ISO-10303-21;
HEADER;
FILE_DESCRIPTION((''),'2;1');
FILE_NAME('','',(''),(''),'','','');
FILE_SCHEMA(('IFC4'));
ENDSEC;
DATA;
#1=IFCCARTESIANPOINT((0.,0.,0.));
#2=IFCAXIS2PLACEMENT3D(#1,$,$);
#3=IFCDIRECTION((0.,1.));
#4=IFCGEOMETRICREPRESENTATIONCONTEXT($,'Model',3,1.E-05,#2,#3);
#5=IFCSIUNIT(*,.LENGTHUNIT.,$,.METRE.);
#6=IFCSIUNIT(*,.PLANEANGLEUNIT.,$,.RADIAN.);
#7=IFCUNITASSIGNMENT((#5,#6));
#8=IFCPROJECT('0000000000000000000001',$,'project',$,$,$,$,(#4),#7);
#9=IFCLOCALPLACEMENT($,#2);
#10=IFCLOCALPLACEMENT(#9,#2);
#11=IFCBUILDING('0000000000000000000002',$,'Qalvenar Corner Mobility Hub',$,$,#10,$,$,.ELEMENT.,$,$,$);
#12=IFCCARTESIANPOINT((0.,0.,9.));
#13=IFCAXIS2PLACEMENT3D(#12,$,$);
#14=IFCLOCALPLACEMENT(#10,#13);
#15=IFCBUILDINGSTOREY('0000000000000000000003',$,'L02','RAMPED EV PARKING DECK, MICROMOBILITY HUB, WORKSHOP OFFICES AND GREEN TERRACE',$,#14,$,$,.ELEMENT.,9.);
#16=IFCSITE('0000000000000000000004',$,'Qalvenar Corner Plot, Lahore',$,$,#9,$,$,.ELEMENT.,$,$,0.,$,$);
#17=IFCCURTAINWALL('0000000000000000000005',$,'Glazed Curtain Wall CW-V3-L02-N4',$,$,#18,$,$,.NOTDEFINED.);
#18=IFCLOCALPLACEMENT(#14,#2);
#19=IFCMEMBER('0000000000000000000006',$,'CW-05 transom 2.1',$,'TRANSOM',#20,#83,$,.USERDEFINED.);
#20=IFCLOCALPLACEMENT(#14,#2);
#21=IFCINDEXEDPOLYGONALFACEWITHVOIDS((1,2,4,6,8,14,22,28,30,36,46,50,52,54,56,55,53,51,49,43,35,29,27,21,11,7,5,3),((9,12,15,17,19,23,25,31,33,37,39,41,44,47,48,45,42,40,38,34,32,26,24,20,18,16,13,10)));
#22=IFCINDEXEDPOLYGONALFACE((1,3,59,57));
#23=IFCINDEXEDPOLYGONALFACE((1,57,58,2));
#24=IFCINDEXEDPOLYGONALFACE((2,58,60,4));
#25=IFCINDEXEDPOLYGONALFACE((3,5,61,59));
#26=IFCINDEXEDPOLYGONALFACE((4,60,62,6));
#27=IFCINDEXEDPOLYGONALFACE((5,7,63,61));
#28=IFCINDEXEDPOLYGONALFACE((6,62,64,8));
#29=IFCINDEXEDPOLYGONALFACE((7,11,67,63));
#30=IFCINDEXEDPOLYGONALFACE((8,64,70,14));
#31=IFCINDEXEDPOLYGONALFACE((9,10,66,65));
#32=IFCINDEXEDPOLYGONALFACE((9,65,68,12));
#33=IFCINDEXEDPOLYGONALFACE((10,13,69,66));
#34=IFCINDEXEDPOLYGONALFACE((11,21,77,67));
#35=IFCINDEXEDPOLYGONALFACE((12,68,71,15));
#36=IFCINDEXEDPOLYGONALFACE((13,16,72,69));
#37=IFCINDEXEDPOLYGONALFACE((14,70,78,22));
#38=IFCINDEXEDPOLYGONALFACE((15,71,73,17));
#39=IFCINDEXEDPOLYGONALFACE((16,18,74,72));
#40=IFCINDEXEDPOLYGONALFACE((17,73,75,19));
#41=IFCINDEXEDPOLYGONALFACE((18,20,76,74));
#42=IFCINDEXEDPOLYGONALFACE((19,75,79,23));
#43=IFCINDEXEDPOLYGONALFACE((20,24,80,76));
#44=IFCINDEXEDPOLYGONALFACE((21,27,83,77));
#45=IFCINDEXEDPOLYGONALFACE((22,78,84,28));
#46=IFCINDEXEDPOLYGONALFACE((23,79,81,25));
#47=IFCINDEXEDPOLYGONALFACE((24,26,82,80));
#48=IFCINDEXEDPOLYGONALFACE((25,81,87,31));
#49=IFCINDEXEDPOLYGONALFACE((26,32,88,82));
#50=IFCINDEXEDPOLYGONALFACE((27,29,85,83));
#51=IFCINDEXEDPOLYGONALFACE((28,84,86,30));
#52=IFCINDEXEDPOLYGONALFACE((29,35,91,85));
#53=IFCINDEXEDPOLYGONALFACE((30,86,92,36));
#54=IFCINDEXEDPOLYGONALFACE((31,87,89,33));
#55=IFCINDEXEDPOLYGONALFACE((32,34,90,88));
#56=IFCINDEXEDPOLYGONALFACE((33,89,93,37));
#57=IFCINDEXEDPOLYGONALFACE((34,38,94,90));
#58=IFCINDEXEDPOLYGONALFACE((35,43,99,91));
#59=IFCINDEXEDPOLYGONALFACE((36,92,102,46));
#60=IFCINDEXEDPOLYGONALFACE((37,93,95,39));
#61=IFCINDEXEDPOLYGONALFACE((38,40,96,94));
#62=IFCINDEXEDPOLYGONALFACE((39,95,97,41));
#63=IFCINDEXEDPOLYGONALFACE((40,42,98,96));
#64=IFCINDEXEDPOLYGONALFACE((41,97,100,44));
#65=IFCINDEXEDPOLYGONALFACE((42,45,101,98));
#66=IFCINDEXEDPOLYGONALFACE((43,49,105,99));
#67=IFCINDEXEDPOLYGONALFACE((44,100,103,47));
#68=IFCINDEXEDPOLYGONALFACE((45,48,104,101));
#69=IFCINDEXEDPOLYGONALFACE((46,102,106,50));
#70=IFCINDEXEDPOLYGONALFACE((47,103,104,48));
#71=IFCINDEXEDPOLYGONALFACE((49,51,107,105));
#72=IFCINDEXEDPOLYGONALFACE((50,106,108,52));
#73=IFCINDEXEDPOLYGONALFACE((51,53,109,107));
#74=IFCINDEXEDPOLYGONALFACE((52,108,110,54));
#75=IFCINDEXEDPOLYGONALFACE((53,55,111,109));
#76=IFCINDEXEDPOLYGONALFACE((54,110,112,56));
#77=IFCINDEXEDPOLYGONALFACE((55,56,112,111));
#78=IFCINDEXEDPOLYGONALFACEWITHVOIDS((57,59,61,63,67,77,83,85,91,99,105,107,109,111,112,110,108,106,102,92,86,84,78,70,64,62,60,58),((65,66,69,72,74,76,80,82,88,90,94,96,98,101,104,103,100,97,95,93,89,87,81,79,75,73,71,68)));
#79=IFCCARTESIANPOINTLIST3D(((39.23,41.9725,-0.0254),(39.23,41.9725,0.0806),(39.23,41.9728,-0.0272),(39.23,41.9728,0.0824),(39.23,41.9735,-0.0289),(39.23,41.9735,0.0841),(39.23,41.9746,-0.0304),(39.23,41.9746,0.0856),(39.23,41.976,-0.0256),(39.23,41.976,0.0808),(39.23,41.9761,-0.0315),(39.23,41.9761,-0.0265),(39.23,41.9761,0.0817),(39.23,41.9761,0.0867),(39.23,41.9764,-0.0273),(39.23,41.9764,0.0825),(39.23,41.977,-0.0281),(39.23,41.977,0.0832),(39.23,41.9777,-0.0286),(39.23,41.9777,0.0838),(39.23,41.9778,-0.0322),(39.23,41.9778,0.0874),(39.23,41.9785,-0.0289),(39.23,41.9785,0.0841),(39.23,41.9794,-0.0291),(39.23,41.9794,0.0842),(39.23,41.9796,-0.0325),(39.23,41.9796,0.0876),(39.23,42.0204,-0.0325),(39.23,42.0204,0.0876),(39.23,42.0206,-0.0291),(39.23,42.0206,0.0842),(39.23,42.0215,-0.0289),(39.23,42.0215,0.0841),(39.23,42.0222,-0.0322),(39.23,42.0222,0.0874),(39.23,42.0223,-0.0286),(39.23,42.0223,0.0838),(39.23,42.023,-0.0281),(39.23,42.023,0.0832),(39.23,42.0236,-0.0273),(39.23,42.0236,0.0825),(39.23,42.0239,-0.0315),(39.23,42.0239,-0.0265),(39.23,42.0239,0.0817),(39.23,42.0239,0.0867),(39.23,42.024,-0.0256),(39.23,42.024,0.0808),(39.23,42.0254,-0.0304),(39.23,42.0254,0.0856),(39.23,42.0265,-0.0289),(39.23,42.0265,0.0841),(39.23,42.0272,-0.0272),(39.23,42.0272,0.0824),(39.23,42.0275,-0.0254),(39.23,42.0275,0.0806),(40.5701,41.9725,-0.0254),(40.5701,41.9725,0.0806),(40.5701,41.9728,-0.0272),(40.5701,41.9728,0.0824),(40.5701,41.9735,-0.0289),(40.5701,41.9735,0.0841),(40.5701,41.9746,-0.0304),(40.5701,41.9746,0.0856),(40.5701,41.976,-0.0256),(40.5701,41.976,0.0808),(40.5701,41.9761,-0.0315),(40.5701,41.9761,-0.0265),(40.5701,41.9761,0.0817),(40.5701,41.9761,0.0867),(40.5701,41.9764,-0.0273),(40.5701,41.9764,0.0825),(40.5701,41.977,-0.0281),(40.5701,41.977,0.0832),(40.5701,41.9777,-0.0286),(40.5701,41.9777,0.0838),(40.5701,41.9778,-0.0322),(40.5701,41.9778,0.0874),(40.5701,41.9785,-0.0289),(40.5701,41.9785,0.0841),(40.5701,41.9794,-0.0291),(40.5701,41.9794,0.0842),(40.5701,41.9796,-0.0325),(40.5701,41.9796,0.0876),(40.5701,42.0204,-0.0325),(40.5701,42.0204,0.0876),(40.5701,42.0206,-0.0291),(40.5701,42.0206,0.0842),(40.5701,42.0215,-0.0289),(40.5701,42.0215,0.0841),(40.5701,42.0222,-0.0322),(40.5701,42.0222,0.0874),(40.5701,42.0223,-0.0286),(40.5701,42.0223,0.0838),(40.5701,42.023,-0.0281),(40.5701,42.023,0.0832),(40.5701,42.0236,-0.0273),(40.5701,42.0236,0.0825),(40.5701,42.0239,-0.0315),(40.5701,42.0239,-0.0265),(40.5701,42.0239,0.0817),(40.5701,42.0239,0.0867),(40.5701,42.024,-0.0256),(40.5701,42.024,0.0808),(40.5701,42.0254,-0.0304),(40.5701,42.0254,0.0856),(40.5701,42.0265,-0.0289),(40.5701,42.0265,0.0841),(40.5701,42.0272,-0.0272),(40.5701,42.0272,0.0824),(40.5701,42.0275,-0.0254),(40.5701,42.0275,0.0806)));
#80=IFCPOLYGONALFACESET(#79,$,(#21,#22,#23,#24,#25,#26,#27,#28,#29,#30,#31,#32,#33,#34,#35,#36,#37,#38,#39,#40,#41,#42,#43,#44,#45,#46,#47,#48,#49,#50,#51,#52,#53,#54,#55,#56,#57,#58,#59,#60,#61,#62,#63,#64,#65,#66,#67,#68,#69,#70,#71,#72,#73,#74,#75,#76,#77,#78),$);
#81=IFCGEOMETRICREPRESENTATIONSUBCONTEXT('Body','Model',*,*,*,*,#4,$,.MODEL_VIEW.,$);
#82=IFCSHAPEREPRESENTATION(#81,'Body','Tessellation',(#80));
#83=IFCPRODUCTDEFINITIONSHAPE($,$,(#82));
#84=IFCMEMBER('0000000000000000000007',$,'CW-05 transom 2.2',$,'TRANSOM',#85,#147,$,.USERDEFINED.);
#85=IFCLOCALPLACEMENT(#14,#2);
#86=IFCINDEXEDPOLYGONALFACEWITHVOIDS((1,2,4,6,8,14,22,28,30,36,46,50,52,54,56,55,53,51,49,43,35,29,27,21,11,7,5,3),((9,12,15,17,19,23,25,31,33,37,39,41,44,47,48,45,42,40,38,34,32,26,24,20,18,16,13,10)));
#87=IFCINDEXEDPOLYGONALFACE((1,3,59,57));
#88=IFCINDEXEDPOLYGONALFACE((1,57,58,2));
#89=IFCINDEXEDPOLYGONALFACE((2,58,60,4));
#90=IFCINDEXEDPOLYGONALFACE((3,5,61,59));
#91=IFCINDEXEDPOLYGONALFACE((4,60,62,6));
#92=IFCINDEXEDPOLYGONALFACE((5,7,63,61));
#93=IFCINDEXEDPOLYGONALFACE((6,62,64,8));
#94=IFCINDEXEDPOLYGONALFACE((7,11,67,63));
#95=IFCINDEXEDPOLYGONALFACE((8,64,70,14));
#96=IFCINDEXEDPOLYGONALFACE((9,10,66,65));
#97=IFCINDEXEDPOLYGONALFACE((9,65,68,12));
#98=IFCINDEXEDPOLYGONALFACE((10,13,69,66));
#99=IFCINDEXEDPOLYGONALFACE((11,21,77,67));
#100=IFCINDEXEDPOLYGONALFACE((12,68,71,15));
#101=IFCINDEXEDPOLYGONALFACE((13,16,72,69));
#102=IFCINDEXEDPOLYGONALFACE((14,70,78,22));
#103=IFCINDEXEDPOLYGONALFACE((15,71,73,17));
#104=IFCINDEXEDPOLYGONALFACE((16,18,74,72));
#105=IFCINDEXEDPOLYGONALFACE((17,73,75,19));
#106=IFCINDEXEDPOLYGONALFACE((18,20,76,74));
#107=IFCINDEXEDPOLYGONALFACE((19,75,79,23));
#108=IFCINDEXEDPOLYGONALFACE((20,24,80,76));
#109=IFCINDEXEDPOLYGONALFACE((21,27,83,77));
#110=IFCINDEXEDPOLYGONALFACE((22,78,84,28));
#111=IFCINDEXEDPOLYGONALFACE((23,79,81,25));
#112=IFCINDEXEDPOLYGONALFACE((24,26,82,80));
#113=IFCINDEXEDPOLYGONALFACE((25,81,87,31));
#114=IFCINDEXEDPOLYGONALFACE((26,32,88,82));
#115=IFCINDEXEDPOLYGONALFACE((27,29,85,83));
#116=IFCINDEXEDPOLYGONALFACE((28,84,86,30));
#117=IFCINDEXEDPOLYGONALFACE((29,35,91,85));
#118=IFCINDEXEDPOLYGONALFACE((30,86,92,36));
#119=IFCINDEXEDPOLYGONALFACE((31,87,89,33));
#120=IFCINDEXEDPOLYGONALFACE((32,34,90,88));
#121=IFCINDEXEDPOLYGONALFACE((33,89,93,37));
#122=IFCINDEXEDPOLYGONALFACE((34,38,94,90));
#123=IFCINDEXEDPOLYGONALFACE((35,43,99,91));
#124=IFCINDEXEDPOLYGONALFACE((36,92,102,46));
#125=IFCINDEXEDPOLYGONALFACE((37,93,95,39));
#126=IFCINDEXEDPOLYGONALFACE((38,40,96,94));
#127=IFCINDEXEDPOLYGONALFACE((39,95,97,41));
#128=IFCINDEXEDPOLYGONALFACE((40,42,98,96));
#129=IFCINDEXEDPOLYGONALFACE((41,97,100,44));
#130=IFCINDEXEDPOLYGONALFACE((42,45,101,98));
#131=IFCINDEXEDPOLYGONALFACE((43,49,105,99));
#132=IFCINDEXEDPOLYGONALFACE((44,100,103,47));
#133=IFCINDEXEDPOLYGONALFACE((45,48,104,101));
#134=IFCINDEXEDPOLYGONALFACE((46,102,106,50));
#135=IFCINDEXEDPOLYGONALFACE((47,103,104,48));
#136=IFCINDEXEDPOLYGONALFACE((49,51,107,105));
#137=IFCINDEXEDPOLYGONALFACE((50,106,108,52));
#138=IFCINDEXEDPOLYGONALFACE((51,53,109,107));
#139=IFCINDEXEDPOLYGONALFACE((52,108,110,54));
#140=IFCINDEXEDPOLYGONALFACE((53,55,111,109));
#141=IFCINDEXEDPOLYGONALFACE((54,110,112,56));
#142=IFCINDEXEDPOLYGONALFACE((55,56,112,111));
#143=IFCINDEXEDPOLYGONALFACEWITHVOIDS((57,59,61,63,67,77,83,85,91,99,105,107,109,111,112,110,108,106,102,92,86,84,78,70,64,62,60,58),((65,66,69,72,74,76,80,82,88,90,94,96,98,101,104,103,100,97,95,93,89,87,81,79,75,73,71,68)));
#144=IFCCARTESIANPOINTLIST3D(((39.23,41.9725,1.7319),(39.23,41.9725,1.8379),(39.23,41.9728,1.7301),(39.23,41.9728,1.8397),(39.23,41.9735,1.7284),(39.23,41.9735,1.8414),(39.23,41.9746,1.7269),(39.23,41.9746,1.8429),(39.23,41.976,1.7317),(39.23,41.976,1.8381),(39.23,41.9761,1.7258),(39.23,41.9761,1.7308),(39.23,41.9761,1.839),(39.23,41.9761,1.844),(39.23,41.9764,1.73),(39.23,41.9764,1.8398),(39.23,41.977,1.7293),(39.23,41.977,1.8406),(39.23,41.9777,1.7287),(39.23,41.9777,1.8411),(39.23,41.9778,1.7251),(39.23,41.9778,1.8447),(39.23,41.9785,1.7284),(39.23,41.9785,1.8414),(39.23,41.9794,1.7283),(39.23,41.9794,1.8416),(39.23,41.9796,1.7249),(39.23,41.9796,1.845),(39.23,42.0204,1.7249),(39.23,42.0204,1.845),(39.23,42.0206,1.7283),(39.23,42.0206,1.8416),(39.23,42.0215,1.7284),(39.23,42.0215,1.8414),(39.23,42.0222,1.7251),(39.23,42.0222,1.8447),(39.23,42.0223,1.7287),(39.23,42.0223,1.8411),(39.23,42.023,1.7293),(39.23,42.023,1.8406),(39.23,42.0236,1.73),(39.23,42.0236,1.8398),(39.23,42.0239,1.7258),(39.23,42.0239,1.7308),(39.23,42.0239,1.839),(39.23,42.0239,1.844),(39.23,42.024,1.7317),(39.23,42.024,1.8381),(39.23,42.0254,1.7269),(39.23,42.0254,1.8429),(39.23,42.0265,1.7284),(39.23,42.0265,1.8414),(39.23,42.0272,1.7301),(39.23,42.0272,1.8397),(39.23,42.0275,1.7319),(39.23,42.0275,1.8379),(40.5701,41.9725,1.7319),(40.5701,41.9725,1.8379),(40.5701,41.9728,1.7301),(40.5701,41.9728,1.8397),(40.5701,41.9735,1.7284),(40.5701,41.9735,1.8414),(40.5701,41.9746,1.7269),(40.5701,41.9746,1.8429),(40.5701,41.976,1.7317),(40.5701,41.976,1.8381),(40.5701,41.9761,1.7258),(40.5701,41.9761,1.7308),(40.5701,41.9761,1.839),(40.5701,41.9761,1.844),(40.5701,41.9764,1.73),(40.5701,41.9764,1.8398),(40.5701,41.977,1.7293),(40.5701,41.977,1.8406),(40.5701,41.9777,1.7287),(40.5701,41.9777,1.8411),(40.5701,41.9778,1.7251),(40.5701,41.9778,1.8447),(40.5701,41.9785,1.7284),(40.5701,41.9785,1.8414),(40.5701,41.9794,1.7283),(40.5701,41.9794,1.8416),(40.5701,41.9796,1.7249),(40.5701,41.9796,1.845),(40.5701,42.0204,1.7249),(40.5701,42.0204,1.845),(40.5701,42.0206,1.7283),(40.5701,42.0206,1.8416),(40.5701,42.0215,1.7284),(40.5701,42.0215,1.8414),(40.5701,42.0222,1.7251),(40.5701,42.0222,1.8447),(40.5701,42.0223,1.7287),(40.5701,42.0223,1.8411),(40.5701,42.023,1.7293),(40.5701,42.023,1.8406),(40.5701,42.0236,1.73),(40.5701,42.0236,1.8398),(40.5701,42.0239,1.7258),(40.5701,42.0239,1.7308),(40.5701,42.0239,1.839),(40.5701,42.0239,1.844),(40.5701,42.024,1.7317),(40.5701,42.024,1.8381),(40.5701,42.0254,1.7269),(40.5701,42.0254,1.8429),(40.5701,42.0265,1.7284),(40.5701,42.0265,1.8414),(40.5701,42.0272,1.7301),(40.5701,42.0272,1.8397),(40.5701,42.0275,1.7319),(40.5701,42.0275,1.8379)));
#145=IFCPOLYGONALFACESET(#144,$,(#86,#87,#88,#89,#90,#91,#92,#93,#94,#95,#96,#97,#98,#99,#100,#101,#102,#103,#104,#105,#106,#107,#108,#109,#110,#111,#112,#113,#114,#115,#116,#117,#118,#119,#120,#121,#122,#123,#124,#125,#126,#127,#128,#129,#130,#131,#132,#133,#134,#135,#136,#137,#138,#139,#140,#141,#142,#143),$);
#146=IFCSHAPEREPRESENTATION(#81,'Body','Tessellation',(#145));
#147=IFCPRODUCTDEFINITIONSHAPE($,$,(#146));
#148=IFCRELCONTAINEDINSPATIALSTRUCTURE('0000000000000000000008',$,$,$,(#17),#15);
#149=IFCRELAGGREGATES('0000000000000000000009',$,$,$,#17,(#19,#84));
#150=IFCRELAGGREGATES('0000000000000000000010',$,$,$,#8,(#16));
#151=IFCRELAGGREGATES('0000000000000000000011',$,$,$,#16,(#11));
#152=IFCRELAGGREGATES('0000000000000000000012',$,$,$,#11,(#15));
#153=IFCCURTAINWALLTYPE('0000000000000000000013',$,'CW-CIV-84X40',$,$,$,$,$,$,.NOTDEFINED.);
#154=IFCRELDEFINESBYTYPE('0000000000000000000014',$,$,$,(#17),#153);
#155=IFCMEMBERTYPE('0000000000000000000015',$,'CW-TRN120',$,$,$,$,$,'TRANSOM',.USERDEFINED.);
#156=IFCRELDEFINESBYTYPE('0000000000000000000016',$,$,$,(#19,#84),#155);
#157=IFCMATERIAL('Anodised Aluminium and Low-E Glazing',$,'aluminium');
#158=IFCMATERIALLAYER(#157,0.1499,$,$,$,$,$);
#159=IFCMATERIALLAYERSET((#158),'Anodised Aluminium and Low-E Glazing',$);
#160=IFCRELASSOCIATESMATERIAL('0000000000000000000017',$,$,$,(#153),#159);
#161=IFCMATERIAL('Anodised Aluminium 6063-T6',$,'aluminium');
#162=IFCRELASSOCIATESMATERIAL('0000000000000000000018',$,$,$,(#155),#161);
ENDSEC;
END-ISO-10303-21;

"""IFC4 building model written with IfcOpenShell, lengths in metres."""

from ifc_helpers import new_model, si_unit, direction, frame, origin, origin_2d, place, context, subcontext, project, spatial, hollow_rectangle, extrude, material, layer, layer_set, material_profile, profile_set, type_object, element, aggregate, save


model = new_model("IFC4")

# Units and contexts
model_context = context("Model", 3, precision=1e-05, world=origin(), true_north=direction((0.0, 1.0)))
body_context = subcontext(model_context, "Body", "Model", "MODEL_VIEW")
ifc_project = project(units=[si_unit("LENGTHUNIT", "METRE"), si_unit("PLANEANGLEUNIT", "RADIAN")], contexts=[model_context])

# Site, building, storey
site_placement = place(None, origin())
site = spatial("IfcSite", under=ifc_project, at=site_placement, Name="Qalvenar Corner Plot, Lahore", CompositionType="ELEMENT", RefElevation=0.0)
building_placement = place(site_placement, origin())
building = spatial("IfcBuilding", under=site, at=building_placement, Name="Qalvenar Corner Mobility Hub", CompositionType="ELEMENT")
storey_placement = place(building_placement, frame((0.0, 0.0, 9.0)))
storey = spatial("IfcBuildingStorey", under=building, at=storey_placement, Name="L02", Description="RAMPED EV PARKING DECK, MICROMOBILITY HUB, WORKSHOP OFFICES AND GREEN TERRACE", CompositionType="ELEMENT", Elevation=9.0)

# Curtain wall, members
ifc_material_1 = material(Name="Anodised Aluminium and Low-E Glazing", Category="aluminium")
ifc_layer_1 = layer(ifc_material_1, 0.1499)
ifc_layer_set_1 = layer_set([ifc_layer_1], Name="Anodised Aluminium and Low-E Glazing")
curtain_wall_type = type_object("IfcCurtainWallType", Name="CW-CIV-84X40", PredefinedType="NOTDEFINED", material=ifc_layer_set_1)
curtain_wall_placement = place(storey_placement, origin())
curtain_wall = element("IfcCurtainWall", 1, at=curtain_wall_placement, inside=storey, type_object=curtain_wall_type, Name="Glazed Curtain Wall CW-V3-L02-N4", PredefinedType="NOTDEFINED")
ifc_material_2 = material(Name="Anodised Aluminium 6063-T6", Category="aluminium")
ifc_material_profile_1 = material_profile(ifc_material_2, hollow_rectangle(XDim=0.0549, YDim=0.1201, WallThickness=0.0034, InnerFilletRadius=0.0034, OuterFilletRadius=0.0071, at=origin_2d()), Name="RHS120x55x3.5")
ifc_profile_set_1 = profile_set([ifc_material_profile_1], Name="Anodised Aluminium 6063-T6")
member_type_1 = type_object("IfcMemberType", Name="CW-TRN120", ElementType="TRANSOM", PredefinedType="USERDEFINED", material=ifc_profile_set_1)
member_1_placement = place(storey_placement, frame((40.5701, 42.0, 0.0276), z_axis=(-1.0, 0.0, 0.0), x_axis=(0.0, -1.0, 0.0)))
member_1 = element("IfcMember", 2, at=member_1_placement, type_object=member_type_1, Name="CW-05 transom 2.1", ObjectType="TRANSOM", PredefinedType="USERDEFINED", context=body_context, shape_type="SweptSolid", body=[
    extrude(hollow_rectangle(XDim=0.0549, YDim=0.1201, WallThickness=0.0034, InnerFilletRadius=0.0034, OuterFilletRadius=0.0071, at=origin_2d()), origin(), (0.0, 0.0, 1.0), 1.3401),
])
member_2_placement = place(storey_placement, frame((40.5701, 42.0, 1.7849), z_axis=(-1.0, 0.0, 0.0), x_axis=(0.0, -1.0, 0.0)))
member_2 = element("IfcMember", 3, at=member_2_placement, type_object=member_type_1, Name="CW-05 transom 2.2", ObjectType="TRANSOM", PredefinedType="USERDEFINED", context=body_context, shape_type="SweptSolid", body=[
    extrude(hollow_rectangle(XDim=0.0549, YDim=0.1201, WallThickness=0.0034, InnerFilletRadius=0.0034, OuterFilletRadius=0.0071, at=origin_2d()), origin(), (0.0, 0.0, 1.0), 1.3401),
])
aggregate(curtain_wall, [member_1, member_2])

save(model, "model.ifc")
